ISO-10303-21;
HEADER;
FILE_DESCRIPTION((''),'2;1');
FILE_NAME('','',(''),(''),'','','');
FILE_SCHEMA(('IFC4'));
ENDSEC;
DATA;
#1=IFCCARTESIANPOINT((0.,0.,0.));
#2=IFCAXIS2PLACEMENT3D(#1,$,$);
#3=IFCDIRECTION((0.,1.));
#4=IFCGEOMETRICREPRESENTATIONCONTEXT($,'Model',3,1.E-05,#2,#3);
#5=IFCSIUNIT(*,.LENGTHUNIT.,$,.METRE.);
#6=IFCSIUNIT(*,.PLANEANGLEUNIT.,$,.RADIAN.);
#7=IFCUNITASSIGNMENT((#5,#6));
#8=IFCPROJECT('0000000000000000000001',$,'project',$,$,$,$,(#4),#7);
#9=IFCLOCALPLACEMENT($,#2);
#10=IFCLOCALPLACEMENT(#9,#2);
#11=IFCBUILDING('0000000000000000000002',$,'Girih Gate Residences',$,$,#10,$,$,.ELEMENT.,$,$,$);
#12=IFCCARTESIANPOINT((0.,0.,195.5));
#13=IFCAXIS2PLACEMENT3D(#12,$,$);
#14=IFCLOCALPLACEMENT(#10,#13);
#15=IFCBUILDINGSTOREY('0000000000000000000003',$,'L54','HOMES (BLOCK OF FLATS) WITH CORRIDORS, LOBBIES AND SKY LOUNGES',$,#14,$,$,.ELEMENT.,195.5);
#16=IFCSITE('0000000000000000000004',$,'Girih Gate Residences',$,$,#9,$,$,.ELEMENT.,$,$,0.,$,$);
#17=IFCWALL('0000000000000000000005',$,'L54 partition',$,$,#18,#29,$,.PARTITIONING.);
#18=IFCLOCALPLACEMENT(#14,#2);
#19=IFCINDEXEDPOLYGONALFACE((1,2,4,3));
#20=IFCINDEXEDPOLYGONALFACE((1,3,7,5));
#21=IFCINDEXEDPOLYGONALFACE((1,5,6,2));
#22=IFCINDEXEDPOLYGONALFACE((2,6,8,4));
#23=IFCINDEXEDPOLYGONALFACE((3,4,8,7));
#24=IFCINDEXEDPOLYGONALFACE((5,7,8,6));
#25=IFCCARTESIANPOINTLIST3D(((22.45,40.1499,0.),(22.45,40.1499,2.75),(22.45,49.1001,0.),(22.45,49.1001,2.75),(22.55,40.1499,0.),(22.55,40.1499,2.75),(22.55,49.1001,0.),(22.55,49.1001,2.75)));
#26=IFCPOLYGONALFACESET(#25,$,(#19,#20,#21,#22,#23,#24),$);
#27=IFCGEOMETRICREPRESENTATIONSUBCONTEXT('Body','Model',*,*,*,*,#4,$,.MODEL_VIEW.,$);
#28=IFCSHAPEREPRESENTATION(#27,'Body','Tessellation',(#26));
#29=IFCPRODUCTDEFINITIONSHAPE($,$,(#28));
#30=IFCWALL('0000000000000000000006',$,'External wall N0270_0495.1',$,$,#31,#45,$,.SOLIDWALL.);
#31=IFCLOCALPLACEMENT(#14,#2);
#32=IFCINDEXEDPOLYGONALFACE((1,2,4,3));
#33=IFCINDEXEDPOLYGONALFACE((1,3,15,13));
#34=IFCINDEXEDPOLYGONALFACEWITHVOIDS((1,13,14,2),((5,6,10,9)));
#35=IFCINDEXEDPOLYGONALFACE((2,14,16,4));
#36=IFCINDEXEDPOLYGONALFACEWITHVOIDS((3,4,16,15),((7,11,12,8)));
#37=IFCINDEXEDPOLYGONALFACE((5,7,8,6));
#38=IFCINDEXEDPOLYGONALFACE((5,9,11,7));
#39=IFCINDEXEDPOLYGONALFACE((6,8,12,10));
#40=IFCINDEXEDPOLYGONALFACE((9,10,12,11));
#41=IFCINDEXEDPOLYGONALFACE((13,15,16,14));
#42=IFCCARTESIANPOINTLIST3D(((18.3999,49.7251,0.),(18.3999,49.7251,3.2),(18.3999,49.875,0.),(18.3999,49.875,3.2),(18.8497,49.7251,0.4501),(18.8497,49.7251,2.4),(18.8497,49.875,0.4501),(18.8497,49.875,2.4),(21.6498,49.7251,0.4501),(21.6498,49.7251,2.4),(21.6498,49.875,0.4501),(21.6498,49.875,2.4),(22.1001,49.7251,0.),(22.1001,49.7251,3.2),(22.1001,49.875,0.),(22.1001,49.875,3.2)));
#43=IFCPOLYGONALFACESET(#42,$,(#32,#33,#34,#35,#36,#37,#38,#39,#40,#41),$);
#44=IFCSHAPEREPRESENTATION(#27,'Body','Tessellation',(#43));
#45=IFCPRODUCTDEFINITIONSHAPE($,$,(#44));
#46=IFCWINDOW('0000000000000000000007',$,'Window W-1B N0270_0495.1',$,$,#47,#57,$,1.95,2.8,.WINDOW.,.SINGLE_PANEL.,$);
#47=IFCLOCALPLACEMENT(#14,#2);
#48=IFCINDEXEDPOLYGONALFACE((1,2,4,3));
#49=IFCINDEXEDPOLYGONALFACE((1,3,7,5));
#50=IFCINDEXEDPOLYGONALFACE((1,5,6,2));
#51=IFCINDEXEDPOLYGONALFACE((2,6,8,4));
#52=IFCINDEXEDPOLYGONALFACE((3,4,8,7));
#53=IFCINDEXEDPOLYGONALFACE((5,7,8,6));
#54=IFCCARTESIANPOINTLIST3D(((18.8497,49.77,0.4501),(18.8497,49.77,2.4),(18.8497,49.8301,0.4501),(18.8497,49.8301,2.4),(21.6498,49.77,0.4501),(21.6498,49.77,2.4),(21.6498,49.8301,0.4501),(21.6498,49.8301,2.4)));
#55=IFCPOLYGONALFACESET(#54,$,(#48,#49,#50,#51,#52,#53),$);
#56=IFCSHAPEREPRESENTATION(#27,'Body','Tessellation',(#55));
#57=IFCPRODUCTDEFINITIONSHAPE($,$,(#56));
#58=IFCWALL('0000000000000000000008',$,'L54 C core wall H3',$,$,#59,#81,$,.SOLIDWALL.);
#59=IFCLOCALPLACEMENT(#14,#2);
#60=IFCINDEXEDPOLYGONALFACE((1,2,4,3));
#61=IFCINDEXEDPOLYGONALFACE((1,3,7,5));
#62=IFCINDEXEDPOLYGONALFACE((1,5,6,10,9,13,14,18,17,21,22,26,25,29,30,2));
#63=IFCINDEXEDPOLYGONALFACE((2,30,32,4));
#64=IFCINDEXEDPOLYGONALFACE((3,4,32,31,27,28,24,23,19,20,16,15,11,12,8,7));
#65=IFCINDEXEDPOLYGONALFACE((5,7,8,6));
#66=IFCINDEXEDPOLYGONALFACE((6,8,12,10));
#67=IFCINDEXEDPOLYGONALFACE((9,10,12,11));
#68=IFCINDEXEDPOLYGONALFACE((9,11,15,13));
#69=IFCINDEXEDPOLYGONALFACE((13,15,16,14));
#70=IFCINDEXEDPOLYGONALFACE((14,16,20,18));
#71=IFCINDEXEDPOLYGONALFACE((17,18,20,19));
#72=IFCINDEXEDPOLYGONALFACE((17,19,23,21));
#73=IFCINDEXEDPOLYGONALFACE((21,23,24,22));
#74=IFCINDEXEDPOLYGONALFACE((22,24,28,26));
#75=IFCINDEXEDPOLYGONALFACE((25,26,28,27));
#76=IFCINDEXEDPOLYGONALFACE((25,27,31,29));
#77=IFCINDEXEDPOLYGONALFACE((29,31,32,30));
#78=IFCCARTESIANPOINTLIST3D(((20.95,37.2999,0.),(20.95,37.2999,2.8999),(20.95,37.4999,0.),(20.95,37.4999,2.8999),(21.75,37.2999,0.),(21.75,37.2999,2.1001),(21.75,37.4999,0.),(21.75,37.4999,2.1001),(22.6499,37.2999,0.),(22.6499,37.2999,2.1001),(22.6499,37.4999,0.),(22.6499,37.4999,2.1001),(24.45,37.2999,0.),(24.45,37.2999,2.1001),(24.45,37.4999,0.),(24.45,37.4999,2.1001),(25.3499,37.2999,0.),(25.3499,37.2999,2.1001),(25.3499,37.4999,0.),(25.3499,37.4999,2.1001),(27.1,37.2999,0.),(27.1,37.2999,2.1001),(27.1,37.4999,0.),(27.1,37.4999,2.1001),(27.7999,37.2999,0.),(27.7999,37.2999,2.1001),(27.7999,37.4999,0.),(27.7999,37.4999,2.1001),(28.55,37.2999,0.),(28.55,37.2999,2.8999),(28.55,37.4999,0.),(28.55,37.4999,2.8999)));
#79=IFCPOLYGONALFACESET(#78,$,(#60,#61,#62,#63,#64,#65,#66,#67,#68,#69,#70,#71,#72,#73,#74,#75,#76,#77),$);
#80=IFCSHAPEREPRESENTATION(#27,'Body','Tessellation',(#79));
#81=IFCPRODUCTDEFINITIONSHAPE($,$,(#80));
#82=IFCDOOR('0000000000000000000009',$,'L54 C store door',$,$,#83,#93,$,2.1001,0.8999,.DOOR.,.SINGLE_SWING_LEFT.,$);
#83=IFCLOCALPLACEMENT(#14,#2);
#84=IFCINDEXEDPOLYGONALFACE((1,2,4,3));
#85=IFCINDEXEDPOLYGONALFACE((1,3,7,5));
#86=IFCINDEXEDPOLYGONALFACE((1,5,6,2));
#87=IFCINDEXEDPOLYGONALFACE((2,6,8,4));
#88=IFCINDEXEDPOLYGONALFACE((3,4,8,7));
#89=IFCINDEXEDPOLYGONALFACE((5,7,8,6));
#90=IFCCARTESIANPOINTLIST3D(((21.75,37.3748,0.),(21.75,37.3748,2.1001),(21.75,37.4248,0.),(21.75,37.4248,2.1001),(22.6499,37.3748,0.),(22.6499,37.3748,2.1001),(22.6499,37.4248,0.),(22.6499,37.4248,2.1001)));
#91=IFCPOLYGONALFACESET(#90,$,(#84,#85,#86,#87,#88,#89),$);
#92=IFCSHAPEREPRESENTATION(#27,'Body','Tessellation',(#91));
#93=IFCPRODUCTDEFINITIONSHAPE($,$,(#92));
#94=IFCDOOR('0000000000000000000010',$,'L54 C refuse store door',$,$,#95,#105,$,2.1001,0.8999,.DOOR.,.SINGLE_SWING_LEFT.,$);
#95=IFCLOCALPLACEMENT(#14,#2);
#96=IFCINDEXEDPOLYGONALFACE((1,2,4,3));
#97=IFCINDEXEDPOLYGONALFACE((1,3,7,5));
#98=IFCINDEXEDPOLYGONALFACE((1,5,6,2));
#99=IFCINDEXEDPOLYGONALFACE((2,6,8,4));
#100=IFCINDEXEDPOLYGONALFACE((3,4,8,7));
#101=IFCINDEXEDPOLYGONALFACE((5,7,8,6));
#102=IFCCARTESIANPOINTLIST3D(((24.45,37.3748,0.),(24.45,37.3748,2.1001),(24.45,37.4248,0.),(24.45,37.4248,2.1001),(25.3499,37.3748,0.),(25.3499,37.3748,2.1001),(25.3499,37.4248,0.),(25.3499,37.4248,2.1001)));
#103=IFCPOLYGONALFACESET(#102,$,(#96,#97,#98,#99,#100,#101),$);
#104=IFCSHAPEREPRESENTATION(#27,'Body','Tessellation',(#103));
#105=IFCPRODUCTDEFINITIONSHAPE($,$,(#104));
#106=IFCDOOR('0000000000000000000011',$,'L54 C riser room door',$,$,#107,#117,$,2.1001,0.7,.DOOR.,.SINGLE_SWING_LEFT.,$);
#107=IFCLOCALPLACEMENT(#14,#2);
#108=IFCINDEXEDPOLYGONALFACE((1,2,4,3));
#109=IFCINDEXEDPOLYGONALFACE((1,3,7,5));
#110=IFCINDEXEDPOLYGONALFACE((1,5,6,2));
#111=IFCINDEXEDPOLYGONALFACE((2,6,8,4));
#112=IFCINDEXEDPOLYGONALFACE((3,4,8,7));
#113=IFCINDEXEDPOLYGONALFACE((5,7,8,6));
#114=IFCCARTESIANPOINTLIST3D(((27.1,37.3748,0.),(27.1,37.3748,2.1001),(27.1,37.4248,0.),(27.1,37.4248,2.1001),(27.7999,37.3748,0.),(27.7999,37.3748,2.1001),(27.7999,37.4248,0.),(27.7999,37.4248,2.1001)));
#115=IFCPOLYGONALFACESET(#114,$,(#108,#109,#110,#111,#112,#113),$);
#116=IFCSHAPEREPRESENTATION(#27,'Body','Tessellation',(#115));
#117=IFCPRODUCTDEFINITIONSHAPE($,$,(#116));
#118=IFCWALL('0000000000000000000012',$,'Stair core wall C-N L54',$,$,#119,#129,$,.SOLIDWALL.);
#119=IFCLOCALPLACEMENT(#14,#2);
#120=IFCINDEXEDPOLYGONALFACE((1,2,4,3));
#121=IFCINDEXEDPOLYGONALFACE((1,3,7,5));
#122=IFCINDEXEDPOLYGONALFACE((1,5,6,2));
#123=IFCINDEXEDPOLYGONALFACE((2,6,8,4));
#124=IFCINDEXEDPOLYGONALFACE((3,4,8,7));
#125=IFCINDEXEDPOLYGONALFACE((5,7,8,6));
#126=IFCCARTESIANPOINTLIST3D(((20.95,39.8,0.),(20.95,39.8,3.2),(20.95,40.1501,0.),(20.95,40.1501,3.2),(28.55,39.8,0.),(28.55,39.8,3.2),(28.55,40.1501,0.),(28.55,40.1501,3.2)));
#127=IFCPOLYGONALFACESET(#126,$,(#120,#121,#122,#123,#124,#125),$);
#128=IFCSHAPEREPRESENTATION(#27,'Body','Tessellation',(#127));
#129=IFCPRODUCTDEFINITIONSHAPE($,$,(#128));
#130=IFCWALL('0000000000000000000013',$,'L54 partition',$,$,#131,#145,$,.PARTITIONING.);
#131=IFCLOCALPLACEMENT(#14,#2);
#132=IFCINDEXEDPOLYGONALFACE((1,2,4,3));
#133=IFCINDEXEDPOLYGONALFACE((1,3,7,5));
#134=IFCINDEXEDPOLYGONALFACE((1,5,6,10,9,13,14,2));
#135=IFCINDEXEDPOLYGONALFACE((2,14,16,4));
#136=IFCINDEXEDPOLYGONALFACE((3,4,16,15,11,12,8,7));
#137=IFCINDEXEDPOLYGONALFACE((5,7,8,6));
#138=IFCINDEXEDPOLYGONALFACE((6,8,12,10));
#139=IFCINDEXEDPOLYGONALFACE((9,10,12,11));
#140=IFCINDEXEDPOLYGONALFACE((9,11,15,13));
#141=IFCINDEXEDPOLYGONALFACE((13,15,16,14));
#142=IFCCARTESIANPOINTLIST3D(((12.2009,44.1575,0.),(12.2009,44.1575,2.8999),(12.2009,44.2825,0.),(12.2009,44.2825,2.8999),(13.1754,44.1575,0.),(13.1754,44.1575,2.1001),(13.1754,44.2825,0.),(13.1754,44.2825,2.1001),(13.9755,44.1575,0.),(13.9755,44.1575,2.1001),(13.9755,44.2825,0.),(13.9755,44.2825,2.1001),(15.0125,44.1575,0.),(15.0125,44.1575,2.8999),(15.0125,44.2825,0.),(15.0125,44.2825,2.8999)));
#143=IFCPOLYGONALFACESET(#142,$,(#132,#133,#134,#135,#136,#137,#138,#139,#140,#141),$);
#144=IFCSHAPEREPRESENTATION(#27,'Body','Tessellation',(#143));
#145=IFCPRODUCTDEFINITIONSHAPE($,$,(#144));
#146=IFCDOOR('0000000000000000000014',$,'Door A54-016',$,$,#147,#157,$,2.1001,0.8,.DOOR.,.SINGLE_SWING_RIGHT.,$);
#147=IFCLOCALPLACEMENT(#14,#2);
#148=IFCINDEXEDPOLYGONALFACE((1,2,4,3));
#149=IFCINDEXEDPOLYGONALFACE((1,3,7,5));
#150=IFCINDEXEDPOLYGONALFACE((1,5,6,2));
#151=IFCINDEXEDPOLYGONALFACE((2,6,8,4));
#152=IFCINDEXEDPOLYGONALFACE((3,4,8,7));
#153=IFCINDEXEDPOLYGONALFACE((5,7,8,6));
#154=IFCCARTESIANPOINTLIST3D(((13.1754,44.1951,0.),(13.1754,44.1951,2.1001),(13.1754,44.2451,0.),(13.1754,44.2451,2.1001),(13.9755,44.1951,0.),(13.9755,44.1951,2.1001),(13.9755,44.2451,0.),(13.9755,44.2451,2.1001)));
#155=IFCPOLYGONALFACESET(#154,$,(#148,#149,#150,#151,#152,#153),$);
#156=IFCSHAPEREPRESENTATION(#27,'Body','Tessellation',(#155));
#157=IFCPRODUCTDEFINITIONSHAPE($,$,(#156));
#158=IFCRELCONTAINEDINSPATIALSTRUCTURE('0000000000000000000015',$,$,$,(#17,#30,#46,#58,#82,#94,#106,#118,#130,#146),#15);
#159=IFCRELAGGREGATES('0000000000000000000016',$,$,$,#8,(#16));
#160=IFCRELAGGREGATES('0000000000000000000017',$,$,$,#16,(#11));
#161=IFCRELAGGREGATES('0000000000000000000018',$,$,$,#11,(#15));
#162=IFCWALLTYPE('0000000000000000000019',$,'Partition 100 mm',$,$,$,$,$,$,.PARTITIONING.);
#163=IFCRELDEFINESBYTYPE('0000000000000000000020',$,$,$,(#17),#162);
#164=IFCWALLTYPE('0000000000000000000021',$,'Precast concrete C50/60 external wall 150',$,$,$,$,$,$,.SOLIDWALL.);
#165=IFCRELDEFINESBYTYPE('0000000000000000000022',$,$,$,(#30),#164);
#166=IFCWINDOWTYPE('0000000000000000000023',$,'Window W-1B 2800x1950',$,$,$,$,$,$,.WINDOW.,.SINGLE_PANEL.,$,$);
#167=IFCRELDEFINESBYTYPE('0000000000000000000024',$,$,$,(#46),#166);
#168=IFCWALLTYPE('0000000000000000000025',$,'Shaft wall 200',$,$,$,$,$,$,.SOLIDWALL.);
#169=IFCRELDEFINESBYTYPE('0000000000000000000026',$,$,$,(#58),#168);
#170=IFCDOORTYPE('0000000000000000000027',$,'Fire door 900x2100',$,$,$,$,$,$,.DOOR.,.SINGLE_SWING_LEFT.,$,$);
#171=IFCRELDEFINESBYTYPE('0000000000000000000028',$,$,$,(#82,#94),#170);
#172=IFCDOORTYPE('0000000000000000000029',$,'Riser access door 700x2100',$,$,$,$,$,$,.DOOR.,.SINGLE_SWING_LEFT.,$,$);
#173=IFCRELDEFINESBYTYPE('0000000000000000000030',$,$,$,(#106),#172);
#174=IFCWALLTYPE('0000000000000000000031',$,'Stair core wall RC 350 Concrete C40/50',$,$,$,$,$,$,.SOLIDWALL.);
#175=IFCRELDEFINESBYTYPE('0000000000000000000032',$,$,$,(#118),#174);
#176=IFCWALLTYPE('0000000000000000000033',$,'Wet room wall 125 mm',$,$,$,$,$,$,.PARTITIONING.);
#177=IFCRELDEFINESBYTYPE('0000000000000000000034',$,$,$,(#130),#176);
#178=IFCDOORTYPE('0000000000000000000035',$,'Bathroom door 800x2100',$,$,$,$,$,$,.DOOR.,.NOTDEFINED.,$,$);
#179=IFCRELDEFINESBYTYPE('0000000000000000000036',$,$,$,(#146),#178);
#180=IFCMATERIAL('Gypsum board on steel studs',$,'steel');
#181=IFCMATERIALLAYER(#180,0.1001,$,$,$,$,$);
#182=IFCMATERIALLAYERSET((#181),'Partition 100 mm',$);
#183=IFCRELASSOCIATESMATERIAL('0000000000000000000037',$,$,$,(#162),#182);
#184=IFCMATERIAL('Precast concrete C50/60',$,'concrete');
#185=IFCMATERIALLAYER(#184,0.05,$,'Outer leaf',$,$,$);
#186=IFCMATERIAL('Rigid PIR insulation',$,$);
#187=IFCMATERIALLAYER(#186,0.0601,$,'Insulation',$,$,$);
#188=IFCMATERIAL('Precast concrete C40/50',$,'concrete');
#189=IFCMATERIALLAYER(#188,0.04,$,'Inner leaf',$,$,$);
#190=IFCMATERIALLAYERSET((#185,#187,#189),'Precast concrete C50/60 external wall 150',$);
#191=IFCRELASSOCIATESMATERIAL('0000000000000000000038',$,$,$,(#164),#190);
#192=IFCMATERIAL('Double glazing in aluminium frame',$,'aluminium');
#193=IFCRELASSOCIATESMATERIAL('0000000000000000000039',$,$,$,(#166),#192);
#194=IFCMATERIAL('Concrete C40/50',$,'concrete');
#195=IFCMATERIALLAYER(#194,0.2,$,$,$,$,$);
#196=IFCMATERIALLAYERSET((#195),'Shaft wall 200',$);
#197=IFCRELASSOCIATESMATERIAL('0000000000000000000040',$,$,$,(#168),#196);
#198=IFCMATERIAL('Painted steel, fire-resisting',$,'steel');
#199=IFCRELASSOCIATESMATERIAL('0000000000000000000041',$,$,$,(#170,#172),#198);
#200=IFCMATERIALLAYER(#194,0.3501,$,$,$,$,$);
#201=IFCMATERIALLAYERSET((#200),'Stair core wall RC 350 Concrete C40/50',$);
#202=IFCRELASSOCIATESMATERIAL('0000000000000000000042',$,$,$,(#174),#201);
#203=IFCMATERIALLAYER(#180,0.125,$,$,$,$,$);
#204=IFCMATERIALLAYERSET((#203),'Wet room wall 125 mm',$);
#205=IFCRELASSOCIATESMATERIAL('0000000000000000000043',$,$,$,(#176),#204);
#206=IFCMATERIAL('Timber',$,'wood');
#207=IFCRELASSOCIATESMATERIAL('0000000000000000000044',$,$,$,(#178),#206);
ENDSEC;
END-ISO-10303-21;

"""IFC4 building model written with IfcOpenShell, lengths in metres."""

from ifc_helpers import new_model, si_unit, direction, frame, frame_2d, origin, place, context, subcontext, project, spatial, rectangle, extrude, material, layer, layer_set, type_object, element, fill, save


model = new_model("IFC4")

# Units and contexts
model_context = context("Model", 3, precision=1e-05, world=origin(), true_north=direction((0.0, 1.0)))
body_context = subcontext(model_context, "Body", "Model", "MODEL_VIEW")
ifc_project = project(units=[si_unit("LENGTHUNIT", "METRE"), si_unit("PLANEANGLEUNIT", "RADIAN")], contexts=[model_context])

# Site, building, storey
site_placement = place(None, origin())
site = spatial("IfcSite", under=ifc_project, at=site_placement, Name="Girih Gate Residences", CompositionType="ELEMENT", RefElevation=0.0)
building_placement = place(site_placement, origin())
building = spatial("IfcBuilding", under=site, at=building_placement, Name="Girih Gate Residences", CompositionType="ELEMENT")
storey_placement = place(building_placement, frame((0.0, 0.0, 195.5)))
storey = spatial("IfcBuildingStorey", under=building, at=storey_placement, Name="L54", Description="HOMES (BLOCK OF FLATS) WITH CORRIDORS, LOBBIES AND SKY LOUNGES", CompositionType="ELEMENT", Elevation=195.5)

# Shared definitions
ifc_material_1 = material(Name="Gypsum board on steel studs", Category="steel")

# Wall
ifc_layer_1 = layer(ifc_material_1, 0.1001)
ifc_layer_set_1 = layer_set([ifc_layer_1], Name="Partition 100 mm")
wall_type_1 = type_object("IfcWallType", Name="Partition 100 mm", PredefinedType="PARTITIONING", material=ifc_layer_set_1)
wall_1_placement = place(storey_placement, frame((22.5, 40.1499, 0.0), z_axis=(0.0, 0.0, 1.0), x_axis=(0.0, 1.0, 0.0)))
element("IfcWall", 1, at=wall_1_placement, inside=storey, type_object=wall_type_1, Name="L54 partition", PredefinedType="PARTITIONING", context=body_context, shape_type="SweptSolid", body=[
    extrude(rectangle(XDim=8.9502, YDim=0.1001, at=frame_2d((4.4751, 0.0))), origin(), (0.0, 0.0, 1.0), 2.75),
])

# Wall, opening, window
ifc_material_2 = material(Name="Precast concrete C50/60", Category="concrete")
ifc_layer_2 = layer(ifc_material_2, 0.05, Name="Outer leaf")
ifc_material_3 = material(Name="Rigid PIR insulation")
ifc_layer_3 = layer(ifc_material_3, 0.0601, Name="Insulation")
ifc_material_4 = material(Name="Precast concrete C40/50", Category="concrete")
ifc_layer_4 = layer(ifc_material_4, 0.04, Name="Inner leaf")
ifc_layer_set_2 = layer_set([ifc_layer_2, ifc_layer_3, ifc_layer_4], Name="Precast concrete C50/60 external wall 150")
wall_type_2 = type_object("IfcWallType", Name="Precast concrete C50/60 external wall 150", PredefinedType="SOLIDWALL", material=ifc_layer_set_2)
wall_2_placement = place(storey_placement, frame((18.3999, 49.8, 0.0), z_axis=(0.0, 0.0, 1.0), x_axis=(1.0, 0.0, 0.0)))
wall_2 = element("IfcWall", 2, at=wall_2_placement, inside=storey, type_object=wall_type_2, Name="External wall N0270_0495.1", PredefinedType="SOLIDWALL", context=body_context, shape_type="SweptSolid", body=[
    extrude(rectangle(XDim=3.7002, YDim=0.1499, at=frame_2d((1.8501, 0.0))), origin(), (0.0, 0.0, 1.0), 3.2),
])
opening_1_placement = place(wall_2_placement, frame((0.45, 0.0, 0.45)))
opening_1 = element("IfcOpeningElement", 3, at=opening_1_placement, cuts=wall_2, PredefinedType="OPENING", context=body_context, shape_type="SweptSolid", body=[
    extrude(rectangle(XDim=2.8, YDim=1.95, at=frame_2d((1.3999, 0.9751))), frame((0.0, 0.085, 0.0), z_axis=(0.0, -1.0, 0.0), x_axis=(1.0, 0.0, 0.0)), (0.0, 0.0, 1.0), 0.1699),
])
ifc_material_5 = material(Name="Double glazing in aluminium frame", Category="aluminium")
window_type = type_object("IfcWindowType", Name="Window W-1B 2800x1950", PartitioningType="SINGLE_PANEL", PredefinedType="WINDOW", material=ifc_material_5)
window_placement = place(opening_1_placement, origin())
window = element("IfcWindow", 4, at=window_placement, inside=storey, type_object=window_type, Name="Window W-1B N0270_0495.1", OverallHeight=1.95, OverallWidth=2.8, PartitioningType="SINGLE_PANEL", PredefinedType="WINDOW", context=body_context, shape_type="SweptSolid", body=[
    extrude(rectangle(XDim=2.8, YDim=1.95, at=frame_2d((1.3999, 0.9751))), frame((0.0, 0.03, 0.0), z_axis=(0.0, -1.0, 0.0), x_axis=(1.0, 0.0, 0.0)), (0.0, 0.0, 1.0), 0.0601),
])
fill(opening_1, window)

# Wall, openings, doors
ifc_material_6 = material(Name="Concrete C40/50", Category="concrete")
ifc_layer_5 = layer(ifc_material_6, 0.2)
ifc_layer_set_3 = layer_set([ifc_layer_5], Name="Shaft wall 200")
wall_type_3 = type_object("IfcWallType", Name="Shaft wall 200", PredefinedType="SOLIDWALL", material=ifc_layer_set_3)
wall_3_placement = place(storey_placement, frame((20.95, 37.3999, 0.0), z_axis=(0.0, 0.0, 1.0), x_axis=(1.0, 0.0, 0.0)))
wall_3 = element("IfcWall", 5, at=wall_3_placement, inside=storey, type_object=wall_type_3, Name="L54 C core wall H3", PredefinedType="SOLIDWALL", context=body_context, shape_type="SweptSolid", body=[
    extrude(rectangle(XDim=7.6001, YDim=0.2, at=frame_2d((3.8, 0.0))), origin(), (0.0, 0.0, 1.0), 2.8999),
])
opening_2_placement = place(wall_3_placement, frame((6.1499, 0.0, 0.0)))
opening_2 = element("IfcOpeningElement", 6, at=opening_2_placement, cuts=wall_3, PredefinedType="OPENING", context=body_context, shape_type="SweptSolid", body=[
    extrude(rectangle(XDim=0.7, YDim=2.1001, at=frame_2d((0.3501, 1.05))), frame((0.0, 0.1099, 0.0), z_axis=(0.0, -1.0, 0.0), x_axis=(1.0, 0.0, 0.0)), (0.0, 0.0, 1.0), 0.22),
])
opening_3_placement = place(wall_3_placement, frame((0.8, 0.0, 0.0)))
opening_3 = element("IfcOpeningElement", 7, at=opening_3_placement, cuts=wall_3, PredefinedType="OPENING", context=body_context, shape_type="SweptSolid", body=[
    extrude(rectangle(XDim=0.8999, YDim=2.1001, at=frame_2d((0.45, 1.05))), frame((0.0, 0.1099, 0.0), z_axis=(0.0, -1.0, 0.0), x_axis=(1.0, 0.0, 0.0)), (0.0, 0.0, 1.0), 0.22),
])
opening_4_placement = place(wall_3_placement, frame((3.5, 0.0, 0.0)))
opening_4 = element("IfcOpeningElement", 8, at=opening_4_placement, cuts=wall_3, PredefinedType="OPENING", context=body_context, shape_type="SweptSolid", body=[
    extrude(rectangle(XDim=0.8999, YDim=2.1001, at=frame_2d((0.45, 1.05))), frame((0.0, 0.1099, 0.0), z_axis=(0.0, -1.0, 0.0), x_axis=(1.0, 0.0, 0.0)), (0.0, 0.0, 1.0), 0.22),
])
ifc_material_7 = material(Name="Painted steel, fire-resisting", Category="steel")
door_type_1 = type_object("IfcDoorType", Name="Fire door 900x2100", OperationType="SINGLE_SWING_LEFT", PredefinedType="DOOR", material=ifc_material_7)
door_1_placement = place(opening_3_placement, origin())
door_1 = element("IfcDoor", 9, at=door_1_placement, inside=storey, type_object=door_type_1, Name="L54 C store door", OperationType="SINGLE_SWING_LEFT", OverallHeight=2.1001, OverallWidth=0.8999, PredefinedType="DOOR", context=body_context, shape_type="SweptSolid", body=[
    extrude(rectangle(XDim=0.8999, YDim=2.1001, at=frame_2d((0.45, 1.05))), frame((0.0, 0.0249, 0.0), z_axis=(0.0, -1.0, 0.0), x_axis=(1.0, 0.0, 0.0)), (0.0, 0.0, 1.0), 0.05),
])
fill(opening_3, door_1)
door_2_placement = place(opening_4_placement, origin())
door_2 = element("IfcDoor", 10, at=door_2_placement, inside=storey, type_object=door_type_1, Name="L54 C refuse store door", OperationType="SINGLE_SWING_LEFT", OverallHeight=2.1001, OverallWidth=0.8999, PredefinedType="DOOR", context=body_context, shape_type="SweptSolid", body=[
    extrude(rectangle(XDim=0.8999, YDim=2.1001, at=frame_2d((0.45, 1.05))), frame((0.0, 0.0249, 0.0), z_axis=(0.0, -1.0, 0.0), x_axis=(1.0, 0.0, 0.0)), (0.0, 0.0, 1.0), 0.05),
])
fill(opening_4, door_2)
door_type_2 = type_object("IfcDoorType", Name="Riser access door 700x2100", OperationType="SINGLE_SWING_LEFT", PredefinedType="DOOR", material=ifc_material_7)
door_3_placement = place(opening_2_placement, origin())
door_3 = element("IfcDoor", 11, at=door_3_placement, inside=storey, type_object=door_type_2, Name="L54 C riser room door", OperationType="SINGLE_SWING_LEFT", OverallHeight=2.1001, OverallWidth=0.7, PredefinedType="DOOR", context=body_context, shape_type="SweptSolid", body=[
    extrude(rectangle(XDim=0.7, YDim=2.1001, at=frame_2d((0.3501, 1.05))), frame((0.0, 0.0249, 0.0), z_axis=(0.0, -1.0, 0.0), x_axis=(1.0, 0.0, 0.0)), (0.0, 0.0, 1.0), 0.05),
])
fill(opening_2, door_3)

# Wall
ifc_layer_6 = layer(ifc_material_6, 0.3501)
ifc_layer_set_4 = layer_set([ifc_layer_6], Name="Stair core wall RC 350 Concrete C40/50")
wall_type_4 = type_object("IfcWallType", Name="Stair core wall RC 350 Concrete C40/50", PredefinedType="SOLIDWALL", material=ifc_layer_set_4)
wall_4_placement = place(storey_placement, frame((20.95, 39.9751, 0.0), z_axis=(0.0, 0.0, 1.0), x_axis=(1.0, 0.0, 0.0)))
element("IfcWall", 12, at=wall_4_placement, inside=storey, type_object=wall_type_4, Name="Stair core wall C-N L54", PredefinedType="SOLIDWALL", context=body_context, shape_type="SweptSolid", body=[
    extrude(rectangle(XDim=7.6001, YDim=0.3501, at=frame_2d((3.8, 0.0))), origin(), (0.0, 0.0, 1.0), 3.2),
])

# Wall, opening, door
ifc_layer_7 = layer(ifc_material_1, 0.125)
ifc_layer_set_5 = layer_set([ifc_layer_7], Name="Wet room wall 125 mm")
wall_type_5 = type_object("IfcWallType", Name="Wet room wall 125 mm", PredefinedType="PARTITIONING", material=ifc_layer_set_5)
wall_5_placement = place(storey_placement, frame((15.0125, 44.22, 0.0), z_axis=(0.0, 0.0, 1.0), x_axis=(-1.0, 0.0, 0.0)))
wall_5 = element("IfcWall", 13, at=wall_5_placement, inside=storey, type_object=wall_type_5, Name="L54 partition", PredefinedType="PARTITIONING", context=body_context, shape_type="SweptSolid", body=[
    extrude(rectangle(XDim=2.8115, YDim=0.125, at=frame_2d((1.4058, 0.0))), origin(), (0.0, 0.0, 1.0), 2.8999),
])
opening_5_placement = place(wall_5_placement, frame((1.0371, 0.0, 0.0)))
opening_5 = element("IfcOpeningElement", 14, at=opening_5_placement, cuts=wall_5, PredefinedType="OPENING", context=body_context, shape_type="SweptSolid", body=[
    extrude(rectangle(XDim=0.8, YDim=2.1001, at=frame_2d((0.3999, 1.05))), frame((0.0, 0.0725, 0.0), z_axis=(0.0, -1.0, 0.0), x_axis=(1.0, 0.0, 0.0)), (0.0, 0.0, 1.0), 0.145),
])
ifc_material_8 = material(Name="Timber", Category="wood")
door_type_3 = type_object("IfcDoorType", Name="Bathroom door 800x2100", OperationType="NOTDEFINED", PredefinedType="DOOR", material=ifc_material_8)
door_4_placement = place(opening_5_placement, origin())
door_4 = element("IfcDoor", 15, at=door_4_placement, inside=storey, type_object=door_type_3, Name="Door A54-016", OperationType="SINGLE_SWING_RIGHT", OverallHeight=2.1001, OverallWidth=0.8, PredefinedType="DOOR", context=body_context, shape_type="SweptSolid", body=[
    extrude(rectangle(XDim=0.8, YDim=2.1001, at=frame_2d((0.3999, 1.05))), frame((0.0, 0.0249, 0.0), z_axis=(0.0, -1.0, 0.0), x_axis=(1.0, 0.0, 0.0)), (0.0, 0.0, 1.0), 0.05),
])
fill(opening_5, door_4)

save(model, "model.ifc")
